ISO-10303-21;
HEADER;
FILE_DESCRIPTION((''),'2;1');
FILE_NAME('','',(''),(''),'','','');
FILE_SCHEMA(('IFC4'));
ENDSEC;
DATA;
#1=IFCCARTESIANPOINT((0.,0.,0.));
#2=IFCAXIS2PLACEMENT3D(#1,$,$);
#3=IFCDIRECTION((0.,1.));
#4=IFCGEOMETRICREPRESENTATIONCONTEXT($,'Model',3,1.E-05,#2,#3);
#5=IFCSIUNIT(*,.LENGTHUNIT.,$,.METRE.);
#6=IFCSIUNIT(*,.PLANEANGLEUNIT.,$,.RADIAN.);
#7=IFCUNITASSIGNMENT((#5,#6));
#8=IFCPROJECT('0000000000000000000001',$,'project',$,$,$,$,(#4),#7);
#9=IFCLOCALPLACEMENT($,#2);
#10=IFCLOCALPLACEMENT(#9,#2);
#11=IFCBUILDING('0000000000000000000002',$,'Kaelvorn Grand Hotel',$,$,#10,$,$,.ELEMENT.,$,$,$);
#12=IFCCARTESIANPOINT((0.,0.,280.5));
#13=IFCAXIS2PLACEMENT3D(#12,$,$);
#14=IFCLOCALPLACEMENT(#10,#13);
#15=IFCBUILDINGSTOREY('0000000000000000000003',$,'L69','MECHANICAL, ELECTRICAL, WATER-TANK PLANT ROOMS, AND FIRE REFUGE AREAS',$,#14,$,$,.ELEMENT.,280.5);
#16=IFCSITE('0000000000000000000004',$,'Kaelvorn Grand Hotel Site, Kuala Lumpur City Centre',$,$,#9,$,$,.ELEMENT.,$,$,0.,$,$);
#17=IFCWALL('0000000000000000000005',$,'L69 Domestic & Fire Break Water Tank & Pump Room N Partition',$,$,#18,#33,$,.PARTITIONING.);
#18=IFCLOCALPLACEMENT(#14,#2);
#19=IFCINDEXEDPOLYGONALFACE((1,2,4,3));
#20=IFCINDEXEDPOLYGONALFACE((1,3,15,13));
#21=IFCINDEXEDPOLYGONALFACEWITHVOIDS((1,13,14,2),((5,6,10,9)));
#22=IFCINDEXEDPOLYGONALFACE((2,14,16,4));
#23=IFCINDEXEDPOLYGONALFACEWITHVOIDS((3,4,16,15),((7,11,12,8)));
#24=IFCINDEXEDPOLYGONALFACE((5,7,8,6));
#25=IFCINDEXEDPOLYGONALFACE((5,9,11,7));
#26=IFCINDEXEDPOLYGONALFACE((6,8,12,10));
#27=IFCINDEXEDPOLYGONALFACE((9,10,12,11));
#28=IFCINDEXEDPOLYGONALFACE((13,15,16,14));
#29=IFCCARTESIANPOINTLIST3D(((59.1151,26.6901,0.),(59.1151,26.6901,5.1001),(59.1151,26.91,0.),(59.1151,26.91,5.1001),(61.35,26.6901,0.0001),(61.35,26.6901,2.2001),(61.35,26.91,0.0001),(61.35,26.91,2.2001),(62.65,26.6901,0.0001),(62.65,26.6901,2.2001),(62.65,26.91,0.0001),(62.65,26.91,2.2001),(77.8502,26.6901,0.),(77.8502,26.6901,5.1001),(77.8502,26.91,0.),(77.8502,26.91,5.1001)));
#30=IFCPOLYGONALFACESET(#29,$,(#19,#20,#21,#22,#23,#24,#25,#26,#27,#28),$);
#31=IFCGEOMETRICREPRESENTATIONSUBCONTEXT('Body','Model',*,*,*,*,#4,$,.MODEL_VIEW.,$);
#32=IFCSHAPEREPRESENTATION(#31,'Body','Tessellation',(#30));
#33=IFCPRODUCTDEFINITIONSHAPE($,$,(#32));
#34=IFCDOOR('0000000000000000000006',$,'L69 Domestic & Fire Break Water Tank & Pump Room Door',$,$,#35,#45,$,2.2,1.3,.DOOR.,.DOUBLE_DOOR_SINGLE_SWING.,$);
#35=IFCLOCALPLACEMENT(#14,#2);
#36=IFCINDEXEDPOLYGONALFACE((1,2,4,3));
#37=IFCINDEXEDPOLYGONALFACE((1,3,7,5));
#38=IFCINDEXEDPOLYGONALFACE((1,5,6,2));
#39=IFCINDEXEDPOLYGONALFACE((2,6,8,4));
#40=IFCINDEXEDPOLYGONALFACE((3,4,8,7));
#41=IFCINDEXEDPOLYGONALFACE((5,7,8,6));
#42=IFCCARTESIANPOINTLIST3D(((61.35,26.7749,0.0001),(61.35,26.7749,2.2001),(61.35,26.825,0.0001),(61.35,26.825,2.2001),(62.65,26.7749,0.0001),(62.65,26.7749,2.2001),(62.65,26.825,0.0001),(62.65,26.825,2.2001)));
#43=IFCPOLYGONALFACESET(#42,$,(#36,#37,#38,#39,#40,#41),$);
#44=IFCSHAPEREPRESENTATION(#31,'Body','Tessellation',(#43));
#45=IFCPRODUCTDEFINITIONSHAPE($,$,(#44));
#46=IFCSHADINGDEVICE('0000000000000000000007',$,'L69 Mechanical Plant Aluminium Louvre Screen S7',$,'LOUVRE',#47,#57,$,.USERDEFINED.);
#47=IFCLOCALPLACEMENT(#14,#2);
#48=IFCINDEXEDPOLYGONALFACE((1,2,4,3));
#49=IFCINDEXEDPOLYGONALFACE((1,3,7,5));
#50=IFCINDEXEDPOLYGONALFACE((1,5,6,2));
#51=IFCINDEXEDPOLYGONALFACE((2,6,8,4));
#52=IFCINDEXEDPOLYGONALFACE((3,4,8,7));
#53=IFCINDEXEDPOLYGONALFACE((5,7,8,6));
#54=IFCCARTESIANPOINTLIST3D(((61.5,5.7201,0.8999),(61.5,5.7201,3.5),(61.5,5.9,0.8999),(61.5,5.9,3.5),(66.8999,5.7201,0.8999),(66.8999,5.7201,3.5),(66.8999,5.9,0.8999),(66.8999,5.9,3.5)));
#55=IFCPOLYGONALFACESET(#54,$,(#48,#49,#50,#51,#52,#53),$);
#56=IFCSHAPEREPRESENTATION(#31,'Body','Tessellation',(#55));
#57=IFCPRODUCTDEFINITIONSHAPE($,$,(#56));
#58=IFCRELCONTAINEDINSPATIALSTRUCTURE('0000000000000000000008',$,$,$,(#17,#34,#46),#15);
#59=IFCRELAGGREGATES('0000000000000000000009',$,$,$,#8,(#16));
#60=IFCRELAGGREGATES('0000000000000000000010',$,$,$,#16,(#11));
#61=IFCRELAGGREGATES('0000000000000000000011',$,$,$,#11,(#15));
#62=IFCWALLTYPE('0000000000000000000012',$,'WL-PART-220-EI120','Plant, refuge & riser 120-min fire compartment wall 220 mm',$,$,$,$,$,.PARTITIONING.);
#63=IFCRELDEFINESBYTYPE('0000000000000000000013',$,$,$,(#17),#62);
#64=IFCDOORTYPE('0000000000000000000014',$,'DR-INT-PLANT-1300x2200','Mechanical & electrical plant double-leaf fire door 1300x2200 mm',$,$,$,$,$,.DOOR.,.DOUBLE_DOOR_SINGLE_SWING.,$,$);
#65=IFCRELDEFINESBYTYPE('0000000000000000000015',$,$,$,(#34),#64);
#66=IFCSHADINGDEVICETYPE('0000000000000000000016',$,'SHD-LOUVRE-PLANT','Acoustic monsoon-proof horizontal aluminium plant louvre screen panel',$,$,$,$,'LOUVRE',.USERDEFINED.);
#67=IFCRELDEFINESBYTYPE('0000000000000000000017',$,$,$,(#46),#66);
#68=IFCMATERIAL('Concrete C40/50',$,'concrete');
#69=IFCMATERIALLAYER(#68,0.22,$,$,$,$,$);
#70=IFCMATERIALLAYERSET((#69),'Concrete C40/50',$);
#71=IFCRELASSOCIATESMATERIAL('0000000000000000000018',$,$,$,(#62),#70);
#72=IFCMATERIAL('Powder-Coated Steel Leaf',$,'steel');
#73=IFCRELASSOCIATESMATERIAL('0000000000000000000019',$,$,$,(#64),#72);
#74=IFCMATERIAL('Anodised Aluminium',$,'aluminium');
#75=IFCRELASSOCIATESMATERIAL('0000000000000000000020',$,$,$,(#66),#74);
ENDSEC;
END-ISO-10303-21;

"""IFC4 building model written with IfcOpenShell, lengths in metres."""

from ifc_helpers import new_model, si_unit, direction, frame, frame_2d, origin, origin_2d, place, context, subcontext, project, spatial, rectangle, extrude, material, layer, layer_set, type_object, element, fill, save


model = new_model("IFC4")

# Units and contexts
model_context = context("Model", 3, precision=1e-05, world=origin(), true_north=direction((0.0, 1.0)))
body_context = subcontext(model_context, "Body", "Model", "MODEL_VIEW")
ifc_project = project(units=[si_unit("LENGTHUNIT", "METRE"), si_unit("PLANEANGLEUNIT", "RADIAN")], contexts=[model_context])

# Site, building, storey
site_placement = place(None, origin())
site = spatial("IfcSite", under=ifc_project, at=site_placement, Name="Kaelvorn Grand Hotel Site, Kuala Lumpur City Centre", CompositionType="ELEMENT", RefElevation=0.0)
building_placement = place(site_placement, origin())
building = spatial("IfcBuilding", under=site, at=building_placement, Name="Kaelvorn Grand Hotel", CompositionType="ELEMENT")
storey_placement = place(building_placement, frame((0.0, 0.0, 280.5)))
storey = spatial("IfcBuildingStorey", under=building, at=storey_placement, Name="L69", Description="MECHANICAL, ELECTRICAL, WATER-TANK PLANT ROOMS, AND FIRE REFUGE AREAS", CompositionType="ELEMENT", Elevation=280.5)

# Shared definitions
ifc_material_1 = material(Name="Concrete C40/50", Category="concrete")
ifc_layer_1 = layer(ifc_material_1, 0.22)
ifc_layer_set_1 = layer_set([ifc_layer_1], Name="Concrete C40/50")
wall_type = type_object("IfcWallType", Name="WL-PART-220-EI120", Description="Plant, refuge & riser 120-min fire compartment wall 220 mm", PredefinedType="PARTITIONING", material=ifc_layer_set_1)

# Wall, opening, door
wall_1_placement = place(storey_placement, frame((59.115, 26.8, 0.0), z_axis=(0.0, 0.0, 1.0), x_axis=(1.0, 0.0, 0.0)))
wall_1 = element("IfcWall", 1, at=wall_1_placement, inside=storey, type_object=wall_type, Name="L69 Domestic & Fire Break Water Tank & Pump Room N Partition", PredefinedType="PARTITIONING", context=body_context, shape_type="SweptSolid", body=[
    extrude(rectangle(XDim=18.7351, YDim=0.22, at=frame_2d((9.3677, 0.0))), origin(), (0.0, 0.0, 1.0), 5.1001),
])
opening_placement = place(wall_1_placement, frame((2.2351, 0.0, 0.0)))
opening = element("IfcOpeningElement", 2, at=opening_placement, cuts=wall_1, PredefinedType="OPENING", context=body_context, shape_type="SweptSolid", body=[
    extrude(rectangle(XDim=1.3, YDim=2.2, at=frame_2d((0.6499, 1.1001))), frame((0.0, 0.1201, 0.0), z_axis=(0.0, -1.0, 0.0), x_axis=(1.0, 0.0, 0.0)), (0.0, 0.0, 1.0), 0.24),
])
ifc_material_2 = material(Name="Powder-Coated Steel Leaf", Category="steel")
door_type = type_object("IfcDoorType", Name="DR-INT-PLANT-1300x2200", Description="Mechanical & electrical plant double-leaf fire door 1300x2200 mm", OperationType="DOUBLE_DOOR_SINGLE_SWING", PredefinedType="DOOR", material=ifc_material_2)
door_placement = place(opening_placement, origin())
door = element("IfcDoor", 3, at=door_placement, inside=storey, type_object=door_type, Name="L69 Domestic & Fire Break Water Tank & Pump Room Door", OperationType="DOUBLE_DOOR_SINGLE_SWING", OverallHeight=2.2, OverallWidth=1.3, PredefinedType="DOOR", context=body_context, shape_type="SweptSolid", body=[
    extrude(rectangle(XDim=1.3, YDim=2.2, at=frame_2d((0.6499, 1.1001))), frame((0.0, 0.0249, 0.0), z_axis=(0.0, -1.0, 0.0), x_axis=(1.0, 0.0, 0.0)), (0.0, 0.0, 1.0), 0.05),
])
fill(opening, door)

# Shading device
ifc_material_3 = material(Name="Anodised Aluminium", Category="aluminium")
shading_device_type = type_object("IfcShadingDeviceType", Name="SHD-LOUVRE-PLANT", Description="Acoustic monsoon-proof horizontal aluminium plant louvre screen panel", ElementType="LOUVRE", PredefinedType="USERDEFINED", material=ifc_material_3)
shading_device_placement = place(storey_placement, frame((64.2, 5.8101, 0.8999), z_axis=(0.0, 0.0, 1.0), x_axis=(1.0, 0.0, 0.0)))
element("IfcShadingDevice", 4, at=shading_device_placement, inside=storey, type_object=shading_device_type, Name="L69 Mechanical Plant Aluminium Louvre Screen S7", ObjectType="LOUVRE", PredefinedType="USERDEFINED", context=body_context, shape_type="SweptSolid", body=[
    extrude(rectangle(XDim=5.3999, YDim=0.1799, at=origin_2d()), origin(), (0.0, 0.0, 1.0), 2.6001),
])

save(model, "model.ifc")
